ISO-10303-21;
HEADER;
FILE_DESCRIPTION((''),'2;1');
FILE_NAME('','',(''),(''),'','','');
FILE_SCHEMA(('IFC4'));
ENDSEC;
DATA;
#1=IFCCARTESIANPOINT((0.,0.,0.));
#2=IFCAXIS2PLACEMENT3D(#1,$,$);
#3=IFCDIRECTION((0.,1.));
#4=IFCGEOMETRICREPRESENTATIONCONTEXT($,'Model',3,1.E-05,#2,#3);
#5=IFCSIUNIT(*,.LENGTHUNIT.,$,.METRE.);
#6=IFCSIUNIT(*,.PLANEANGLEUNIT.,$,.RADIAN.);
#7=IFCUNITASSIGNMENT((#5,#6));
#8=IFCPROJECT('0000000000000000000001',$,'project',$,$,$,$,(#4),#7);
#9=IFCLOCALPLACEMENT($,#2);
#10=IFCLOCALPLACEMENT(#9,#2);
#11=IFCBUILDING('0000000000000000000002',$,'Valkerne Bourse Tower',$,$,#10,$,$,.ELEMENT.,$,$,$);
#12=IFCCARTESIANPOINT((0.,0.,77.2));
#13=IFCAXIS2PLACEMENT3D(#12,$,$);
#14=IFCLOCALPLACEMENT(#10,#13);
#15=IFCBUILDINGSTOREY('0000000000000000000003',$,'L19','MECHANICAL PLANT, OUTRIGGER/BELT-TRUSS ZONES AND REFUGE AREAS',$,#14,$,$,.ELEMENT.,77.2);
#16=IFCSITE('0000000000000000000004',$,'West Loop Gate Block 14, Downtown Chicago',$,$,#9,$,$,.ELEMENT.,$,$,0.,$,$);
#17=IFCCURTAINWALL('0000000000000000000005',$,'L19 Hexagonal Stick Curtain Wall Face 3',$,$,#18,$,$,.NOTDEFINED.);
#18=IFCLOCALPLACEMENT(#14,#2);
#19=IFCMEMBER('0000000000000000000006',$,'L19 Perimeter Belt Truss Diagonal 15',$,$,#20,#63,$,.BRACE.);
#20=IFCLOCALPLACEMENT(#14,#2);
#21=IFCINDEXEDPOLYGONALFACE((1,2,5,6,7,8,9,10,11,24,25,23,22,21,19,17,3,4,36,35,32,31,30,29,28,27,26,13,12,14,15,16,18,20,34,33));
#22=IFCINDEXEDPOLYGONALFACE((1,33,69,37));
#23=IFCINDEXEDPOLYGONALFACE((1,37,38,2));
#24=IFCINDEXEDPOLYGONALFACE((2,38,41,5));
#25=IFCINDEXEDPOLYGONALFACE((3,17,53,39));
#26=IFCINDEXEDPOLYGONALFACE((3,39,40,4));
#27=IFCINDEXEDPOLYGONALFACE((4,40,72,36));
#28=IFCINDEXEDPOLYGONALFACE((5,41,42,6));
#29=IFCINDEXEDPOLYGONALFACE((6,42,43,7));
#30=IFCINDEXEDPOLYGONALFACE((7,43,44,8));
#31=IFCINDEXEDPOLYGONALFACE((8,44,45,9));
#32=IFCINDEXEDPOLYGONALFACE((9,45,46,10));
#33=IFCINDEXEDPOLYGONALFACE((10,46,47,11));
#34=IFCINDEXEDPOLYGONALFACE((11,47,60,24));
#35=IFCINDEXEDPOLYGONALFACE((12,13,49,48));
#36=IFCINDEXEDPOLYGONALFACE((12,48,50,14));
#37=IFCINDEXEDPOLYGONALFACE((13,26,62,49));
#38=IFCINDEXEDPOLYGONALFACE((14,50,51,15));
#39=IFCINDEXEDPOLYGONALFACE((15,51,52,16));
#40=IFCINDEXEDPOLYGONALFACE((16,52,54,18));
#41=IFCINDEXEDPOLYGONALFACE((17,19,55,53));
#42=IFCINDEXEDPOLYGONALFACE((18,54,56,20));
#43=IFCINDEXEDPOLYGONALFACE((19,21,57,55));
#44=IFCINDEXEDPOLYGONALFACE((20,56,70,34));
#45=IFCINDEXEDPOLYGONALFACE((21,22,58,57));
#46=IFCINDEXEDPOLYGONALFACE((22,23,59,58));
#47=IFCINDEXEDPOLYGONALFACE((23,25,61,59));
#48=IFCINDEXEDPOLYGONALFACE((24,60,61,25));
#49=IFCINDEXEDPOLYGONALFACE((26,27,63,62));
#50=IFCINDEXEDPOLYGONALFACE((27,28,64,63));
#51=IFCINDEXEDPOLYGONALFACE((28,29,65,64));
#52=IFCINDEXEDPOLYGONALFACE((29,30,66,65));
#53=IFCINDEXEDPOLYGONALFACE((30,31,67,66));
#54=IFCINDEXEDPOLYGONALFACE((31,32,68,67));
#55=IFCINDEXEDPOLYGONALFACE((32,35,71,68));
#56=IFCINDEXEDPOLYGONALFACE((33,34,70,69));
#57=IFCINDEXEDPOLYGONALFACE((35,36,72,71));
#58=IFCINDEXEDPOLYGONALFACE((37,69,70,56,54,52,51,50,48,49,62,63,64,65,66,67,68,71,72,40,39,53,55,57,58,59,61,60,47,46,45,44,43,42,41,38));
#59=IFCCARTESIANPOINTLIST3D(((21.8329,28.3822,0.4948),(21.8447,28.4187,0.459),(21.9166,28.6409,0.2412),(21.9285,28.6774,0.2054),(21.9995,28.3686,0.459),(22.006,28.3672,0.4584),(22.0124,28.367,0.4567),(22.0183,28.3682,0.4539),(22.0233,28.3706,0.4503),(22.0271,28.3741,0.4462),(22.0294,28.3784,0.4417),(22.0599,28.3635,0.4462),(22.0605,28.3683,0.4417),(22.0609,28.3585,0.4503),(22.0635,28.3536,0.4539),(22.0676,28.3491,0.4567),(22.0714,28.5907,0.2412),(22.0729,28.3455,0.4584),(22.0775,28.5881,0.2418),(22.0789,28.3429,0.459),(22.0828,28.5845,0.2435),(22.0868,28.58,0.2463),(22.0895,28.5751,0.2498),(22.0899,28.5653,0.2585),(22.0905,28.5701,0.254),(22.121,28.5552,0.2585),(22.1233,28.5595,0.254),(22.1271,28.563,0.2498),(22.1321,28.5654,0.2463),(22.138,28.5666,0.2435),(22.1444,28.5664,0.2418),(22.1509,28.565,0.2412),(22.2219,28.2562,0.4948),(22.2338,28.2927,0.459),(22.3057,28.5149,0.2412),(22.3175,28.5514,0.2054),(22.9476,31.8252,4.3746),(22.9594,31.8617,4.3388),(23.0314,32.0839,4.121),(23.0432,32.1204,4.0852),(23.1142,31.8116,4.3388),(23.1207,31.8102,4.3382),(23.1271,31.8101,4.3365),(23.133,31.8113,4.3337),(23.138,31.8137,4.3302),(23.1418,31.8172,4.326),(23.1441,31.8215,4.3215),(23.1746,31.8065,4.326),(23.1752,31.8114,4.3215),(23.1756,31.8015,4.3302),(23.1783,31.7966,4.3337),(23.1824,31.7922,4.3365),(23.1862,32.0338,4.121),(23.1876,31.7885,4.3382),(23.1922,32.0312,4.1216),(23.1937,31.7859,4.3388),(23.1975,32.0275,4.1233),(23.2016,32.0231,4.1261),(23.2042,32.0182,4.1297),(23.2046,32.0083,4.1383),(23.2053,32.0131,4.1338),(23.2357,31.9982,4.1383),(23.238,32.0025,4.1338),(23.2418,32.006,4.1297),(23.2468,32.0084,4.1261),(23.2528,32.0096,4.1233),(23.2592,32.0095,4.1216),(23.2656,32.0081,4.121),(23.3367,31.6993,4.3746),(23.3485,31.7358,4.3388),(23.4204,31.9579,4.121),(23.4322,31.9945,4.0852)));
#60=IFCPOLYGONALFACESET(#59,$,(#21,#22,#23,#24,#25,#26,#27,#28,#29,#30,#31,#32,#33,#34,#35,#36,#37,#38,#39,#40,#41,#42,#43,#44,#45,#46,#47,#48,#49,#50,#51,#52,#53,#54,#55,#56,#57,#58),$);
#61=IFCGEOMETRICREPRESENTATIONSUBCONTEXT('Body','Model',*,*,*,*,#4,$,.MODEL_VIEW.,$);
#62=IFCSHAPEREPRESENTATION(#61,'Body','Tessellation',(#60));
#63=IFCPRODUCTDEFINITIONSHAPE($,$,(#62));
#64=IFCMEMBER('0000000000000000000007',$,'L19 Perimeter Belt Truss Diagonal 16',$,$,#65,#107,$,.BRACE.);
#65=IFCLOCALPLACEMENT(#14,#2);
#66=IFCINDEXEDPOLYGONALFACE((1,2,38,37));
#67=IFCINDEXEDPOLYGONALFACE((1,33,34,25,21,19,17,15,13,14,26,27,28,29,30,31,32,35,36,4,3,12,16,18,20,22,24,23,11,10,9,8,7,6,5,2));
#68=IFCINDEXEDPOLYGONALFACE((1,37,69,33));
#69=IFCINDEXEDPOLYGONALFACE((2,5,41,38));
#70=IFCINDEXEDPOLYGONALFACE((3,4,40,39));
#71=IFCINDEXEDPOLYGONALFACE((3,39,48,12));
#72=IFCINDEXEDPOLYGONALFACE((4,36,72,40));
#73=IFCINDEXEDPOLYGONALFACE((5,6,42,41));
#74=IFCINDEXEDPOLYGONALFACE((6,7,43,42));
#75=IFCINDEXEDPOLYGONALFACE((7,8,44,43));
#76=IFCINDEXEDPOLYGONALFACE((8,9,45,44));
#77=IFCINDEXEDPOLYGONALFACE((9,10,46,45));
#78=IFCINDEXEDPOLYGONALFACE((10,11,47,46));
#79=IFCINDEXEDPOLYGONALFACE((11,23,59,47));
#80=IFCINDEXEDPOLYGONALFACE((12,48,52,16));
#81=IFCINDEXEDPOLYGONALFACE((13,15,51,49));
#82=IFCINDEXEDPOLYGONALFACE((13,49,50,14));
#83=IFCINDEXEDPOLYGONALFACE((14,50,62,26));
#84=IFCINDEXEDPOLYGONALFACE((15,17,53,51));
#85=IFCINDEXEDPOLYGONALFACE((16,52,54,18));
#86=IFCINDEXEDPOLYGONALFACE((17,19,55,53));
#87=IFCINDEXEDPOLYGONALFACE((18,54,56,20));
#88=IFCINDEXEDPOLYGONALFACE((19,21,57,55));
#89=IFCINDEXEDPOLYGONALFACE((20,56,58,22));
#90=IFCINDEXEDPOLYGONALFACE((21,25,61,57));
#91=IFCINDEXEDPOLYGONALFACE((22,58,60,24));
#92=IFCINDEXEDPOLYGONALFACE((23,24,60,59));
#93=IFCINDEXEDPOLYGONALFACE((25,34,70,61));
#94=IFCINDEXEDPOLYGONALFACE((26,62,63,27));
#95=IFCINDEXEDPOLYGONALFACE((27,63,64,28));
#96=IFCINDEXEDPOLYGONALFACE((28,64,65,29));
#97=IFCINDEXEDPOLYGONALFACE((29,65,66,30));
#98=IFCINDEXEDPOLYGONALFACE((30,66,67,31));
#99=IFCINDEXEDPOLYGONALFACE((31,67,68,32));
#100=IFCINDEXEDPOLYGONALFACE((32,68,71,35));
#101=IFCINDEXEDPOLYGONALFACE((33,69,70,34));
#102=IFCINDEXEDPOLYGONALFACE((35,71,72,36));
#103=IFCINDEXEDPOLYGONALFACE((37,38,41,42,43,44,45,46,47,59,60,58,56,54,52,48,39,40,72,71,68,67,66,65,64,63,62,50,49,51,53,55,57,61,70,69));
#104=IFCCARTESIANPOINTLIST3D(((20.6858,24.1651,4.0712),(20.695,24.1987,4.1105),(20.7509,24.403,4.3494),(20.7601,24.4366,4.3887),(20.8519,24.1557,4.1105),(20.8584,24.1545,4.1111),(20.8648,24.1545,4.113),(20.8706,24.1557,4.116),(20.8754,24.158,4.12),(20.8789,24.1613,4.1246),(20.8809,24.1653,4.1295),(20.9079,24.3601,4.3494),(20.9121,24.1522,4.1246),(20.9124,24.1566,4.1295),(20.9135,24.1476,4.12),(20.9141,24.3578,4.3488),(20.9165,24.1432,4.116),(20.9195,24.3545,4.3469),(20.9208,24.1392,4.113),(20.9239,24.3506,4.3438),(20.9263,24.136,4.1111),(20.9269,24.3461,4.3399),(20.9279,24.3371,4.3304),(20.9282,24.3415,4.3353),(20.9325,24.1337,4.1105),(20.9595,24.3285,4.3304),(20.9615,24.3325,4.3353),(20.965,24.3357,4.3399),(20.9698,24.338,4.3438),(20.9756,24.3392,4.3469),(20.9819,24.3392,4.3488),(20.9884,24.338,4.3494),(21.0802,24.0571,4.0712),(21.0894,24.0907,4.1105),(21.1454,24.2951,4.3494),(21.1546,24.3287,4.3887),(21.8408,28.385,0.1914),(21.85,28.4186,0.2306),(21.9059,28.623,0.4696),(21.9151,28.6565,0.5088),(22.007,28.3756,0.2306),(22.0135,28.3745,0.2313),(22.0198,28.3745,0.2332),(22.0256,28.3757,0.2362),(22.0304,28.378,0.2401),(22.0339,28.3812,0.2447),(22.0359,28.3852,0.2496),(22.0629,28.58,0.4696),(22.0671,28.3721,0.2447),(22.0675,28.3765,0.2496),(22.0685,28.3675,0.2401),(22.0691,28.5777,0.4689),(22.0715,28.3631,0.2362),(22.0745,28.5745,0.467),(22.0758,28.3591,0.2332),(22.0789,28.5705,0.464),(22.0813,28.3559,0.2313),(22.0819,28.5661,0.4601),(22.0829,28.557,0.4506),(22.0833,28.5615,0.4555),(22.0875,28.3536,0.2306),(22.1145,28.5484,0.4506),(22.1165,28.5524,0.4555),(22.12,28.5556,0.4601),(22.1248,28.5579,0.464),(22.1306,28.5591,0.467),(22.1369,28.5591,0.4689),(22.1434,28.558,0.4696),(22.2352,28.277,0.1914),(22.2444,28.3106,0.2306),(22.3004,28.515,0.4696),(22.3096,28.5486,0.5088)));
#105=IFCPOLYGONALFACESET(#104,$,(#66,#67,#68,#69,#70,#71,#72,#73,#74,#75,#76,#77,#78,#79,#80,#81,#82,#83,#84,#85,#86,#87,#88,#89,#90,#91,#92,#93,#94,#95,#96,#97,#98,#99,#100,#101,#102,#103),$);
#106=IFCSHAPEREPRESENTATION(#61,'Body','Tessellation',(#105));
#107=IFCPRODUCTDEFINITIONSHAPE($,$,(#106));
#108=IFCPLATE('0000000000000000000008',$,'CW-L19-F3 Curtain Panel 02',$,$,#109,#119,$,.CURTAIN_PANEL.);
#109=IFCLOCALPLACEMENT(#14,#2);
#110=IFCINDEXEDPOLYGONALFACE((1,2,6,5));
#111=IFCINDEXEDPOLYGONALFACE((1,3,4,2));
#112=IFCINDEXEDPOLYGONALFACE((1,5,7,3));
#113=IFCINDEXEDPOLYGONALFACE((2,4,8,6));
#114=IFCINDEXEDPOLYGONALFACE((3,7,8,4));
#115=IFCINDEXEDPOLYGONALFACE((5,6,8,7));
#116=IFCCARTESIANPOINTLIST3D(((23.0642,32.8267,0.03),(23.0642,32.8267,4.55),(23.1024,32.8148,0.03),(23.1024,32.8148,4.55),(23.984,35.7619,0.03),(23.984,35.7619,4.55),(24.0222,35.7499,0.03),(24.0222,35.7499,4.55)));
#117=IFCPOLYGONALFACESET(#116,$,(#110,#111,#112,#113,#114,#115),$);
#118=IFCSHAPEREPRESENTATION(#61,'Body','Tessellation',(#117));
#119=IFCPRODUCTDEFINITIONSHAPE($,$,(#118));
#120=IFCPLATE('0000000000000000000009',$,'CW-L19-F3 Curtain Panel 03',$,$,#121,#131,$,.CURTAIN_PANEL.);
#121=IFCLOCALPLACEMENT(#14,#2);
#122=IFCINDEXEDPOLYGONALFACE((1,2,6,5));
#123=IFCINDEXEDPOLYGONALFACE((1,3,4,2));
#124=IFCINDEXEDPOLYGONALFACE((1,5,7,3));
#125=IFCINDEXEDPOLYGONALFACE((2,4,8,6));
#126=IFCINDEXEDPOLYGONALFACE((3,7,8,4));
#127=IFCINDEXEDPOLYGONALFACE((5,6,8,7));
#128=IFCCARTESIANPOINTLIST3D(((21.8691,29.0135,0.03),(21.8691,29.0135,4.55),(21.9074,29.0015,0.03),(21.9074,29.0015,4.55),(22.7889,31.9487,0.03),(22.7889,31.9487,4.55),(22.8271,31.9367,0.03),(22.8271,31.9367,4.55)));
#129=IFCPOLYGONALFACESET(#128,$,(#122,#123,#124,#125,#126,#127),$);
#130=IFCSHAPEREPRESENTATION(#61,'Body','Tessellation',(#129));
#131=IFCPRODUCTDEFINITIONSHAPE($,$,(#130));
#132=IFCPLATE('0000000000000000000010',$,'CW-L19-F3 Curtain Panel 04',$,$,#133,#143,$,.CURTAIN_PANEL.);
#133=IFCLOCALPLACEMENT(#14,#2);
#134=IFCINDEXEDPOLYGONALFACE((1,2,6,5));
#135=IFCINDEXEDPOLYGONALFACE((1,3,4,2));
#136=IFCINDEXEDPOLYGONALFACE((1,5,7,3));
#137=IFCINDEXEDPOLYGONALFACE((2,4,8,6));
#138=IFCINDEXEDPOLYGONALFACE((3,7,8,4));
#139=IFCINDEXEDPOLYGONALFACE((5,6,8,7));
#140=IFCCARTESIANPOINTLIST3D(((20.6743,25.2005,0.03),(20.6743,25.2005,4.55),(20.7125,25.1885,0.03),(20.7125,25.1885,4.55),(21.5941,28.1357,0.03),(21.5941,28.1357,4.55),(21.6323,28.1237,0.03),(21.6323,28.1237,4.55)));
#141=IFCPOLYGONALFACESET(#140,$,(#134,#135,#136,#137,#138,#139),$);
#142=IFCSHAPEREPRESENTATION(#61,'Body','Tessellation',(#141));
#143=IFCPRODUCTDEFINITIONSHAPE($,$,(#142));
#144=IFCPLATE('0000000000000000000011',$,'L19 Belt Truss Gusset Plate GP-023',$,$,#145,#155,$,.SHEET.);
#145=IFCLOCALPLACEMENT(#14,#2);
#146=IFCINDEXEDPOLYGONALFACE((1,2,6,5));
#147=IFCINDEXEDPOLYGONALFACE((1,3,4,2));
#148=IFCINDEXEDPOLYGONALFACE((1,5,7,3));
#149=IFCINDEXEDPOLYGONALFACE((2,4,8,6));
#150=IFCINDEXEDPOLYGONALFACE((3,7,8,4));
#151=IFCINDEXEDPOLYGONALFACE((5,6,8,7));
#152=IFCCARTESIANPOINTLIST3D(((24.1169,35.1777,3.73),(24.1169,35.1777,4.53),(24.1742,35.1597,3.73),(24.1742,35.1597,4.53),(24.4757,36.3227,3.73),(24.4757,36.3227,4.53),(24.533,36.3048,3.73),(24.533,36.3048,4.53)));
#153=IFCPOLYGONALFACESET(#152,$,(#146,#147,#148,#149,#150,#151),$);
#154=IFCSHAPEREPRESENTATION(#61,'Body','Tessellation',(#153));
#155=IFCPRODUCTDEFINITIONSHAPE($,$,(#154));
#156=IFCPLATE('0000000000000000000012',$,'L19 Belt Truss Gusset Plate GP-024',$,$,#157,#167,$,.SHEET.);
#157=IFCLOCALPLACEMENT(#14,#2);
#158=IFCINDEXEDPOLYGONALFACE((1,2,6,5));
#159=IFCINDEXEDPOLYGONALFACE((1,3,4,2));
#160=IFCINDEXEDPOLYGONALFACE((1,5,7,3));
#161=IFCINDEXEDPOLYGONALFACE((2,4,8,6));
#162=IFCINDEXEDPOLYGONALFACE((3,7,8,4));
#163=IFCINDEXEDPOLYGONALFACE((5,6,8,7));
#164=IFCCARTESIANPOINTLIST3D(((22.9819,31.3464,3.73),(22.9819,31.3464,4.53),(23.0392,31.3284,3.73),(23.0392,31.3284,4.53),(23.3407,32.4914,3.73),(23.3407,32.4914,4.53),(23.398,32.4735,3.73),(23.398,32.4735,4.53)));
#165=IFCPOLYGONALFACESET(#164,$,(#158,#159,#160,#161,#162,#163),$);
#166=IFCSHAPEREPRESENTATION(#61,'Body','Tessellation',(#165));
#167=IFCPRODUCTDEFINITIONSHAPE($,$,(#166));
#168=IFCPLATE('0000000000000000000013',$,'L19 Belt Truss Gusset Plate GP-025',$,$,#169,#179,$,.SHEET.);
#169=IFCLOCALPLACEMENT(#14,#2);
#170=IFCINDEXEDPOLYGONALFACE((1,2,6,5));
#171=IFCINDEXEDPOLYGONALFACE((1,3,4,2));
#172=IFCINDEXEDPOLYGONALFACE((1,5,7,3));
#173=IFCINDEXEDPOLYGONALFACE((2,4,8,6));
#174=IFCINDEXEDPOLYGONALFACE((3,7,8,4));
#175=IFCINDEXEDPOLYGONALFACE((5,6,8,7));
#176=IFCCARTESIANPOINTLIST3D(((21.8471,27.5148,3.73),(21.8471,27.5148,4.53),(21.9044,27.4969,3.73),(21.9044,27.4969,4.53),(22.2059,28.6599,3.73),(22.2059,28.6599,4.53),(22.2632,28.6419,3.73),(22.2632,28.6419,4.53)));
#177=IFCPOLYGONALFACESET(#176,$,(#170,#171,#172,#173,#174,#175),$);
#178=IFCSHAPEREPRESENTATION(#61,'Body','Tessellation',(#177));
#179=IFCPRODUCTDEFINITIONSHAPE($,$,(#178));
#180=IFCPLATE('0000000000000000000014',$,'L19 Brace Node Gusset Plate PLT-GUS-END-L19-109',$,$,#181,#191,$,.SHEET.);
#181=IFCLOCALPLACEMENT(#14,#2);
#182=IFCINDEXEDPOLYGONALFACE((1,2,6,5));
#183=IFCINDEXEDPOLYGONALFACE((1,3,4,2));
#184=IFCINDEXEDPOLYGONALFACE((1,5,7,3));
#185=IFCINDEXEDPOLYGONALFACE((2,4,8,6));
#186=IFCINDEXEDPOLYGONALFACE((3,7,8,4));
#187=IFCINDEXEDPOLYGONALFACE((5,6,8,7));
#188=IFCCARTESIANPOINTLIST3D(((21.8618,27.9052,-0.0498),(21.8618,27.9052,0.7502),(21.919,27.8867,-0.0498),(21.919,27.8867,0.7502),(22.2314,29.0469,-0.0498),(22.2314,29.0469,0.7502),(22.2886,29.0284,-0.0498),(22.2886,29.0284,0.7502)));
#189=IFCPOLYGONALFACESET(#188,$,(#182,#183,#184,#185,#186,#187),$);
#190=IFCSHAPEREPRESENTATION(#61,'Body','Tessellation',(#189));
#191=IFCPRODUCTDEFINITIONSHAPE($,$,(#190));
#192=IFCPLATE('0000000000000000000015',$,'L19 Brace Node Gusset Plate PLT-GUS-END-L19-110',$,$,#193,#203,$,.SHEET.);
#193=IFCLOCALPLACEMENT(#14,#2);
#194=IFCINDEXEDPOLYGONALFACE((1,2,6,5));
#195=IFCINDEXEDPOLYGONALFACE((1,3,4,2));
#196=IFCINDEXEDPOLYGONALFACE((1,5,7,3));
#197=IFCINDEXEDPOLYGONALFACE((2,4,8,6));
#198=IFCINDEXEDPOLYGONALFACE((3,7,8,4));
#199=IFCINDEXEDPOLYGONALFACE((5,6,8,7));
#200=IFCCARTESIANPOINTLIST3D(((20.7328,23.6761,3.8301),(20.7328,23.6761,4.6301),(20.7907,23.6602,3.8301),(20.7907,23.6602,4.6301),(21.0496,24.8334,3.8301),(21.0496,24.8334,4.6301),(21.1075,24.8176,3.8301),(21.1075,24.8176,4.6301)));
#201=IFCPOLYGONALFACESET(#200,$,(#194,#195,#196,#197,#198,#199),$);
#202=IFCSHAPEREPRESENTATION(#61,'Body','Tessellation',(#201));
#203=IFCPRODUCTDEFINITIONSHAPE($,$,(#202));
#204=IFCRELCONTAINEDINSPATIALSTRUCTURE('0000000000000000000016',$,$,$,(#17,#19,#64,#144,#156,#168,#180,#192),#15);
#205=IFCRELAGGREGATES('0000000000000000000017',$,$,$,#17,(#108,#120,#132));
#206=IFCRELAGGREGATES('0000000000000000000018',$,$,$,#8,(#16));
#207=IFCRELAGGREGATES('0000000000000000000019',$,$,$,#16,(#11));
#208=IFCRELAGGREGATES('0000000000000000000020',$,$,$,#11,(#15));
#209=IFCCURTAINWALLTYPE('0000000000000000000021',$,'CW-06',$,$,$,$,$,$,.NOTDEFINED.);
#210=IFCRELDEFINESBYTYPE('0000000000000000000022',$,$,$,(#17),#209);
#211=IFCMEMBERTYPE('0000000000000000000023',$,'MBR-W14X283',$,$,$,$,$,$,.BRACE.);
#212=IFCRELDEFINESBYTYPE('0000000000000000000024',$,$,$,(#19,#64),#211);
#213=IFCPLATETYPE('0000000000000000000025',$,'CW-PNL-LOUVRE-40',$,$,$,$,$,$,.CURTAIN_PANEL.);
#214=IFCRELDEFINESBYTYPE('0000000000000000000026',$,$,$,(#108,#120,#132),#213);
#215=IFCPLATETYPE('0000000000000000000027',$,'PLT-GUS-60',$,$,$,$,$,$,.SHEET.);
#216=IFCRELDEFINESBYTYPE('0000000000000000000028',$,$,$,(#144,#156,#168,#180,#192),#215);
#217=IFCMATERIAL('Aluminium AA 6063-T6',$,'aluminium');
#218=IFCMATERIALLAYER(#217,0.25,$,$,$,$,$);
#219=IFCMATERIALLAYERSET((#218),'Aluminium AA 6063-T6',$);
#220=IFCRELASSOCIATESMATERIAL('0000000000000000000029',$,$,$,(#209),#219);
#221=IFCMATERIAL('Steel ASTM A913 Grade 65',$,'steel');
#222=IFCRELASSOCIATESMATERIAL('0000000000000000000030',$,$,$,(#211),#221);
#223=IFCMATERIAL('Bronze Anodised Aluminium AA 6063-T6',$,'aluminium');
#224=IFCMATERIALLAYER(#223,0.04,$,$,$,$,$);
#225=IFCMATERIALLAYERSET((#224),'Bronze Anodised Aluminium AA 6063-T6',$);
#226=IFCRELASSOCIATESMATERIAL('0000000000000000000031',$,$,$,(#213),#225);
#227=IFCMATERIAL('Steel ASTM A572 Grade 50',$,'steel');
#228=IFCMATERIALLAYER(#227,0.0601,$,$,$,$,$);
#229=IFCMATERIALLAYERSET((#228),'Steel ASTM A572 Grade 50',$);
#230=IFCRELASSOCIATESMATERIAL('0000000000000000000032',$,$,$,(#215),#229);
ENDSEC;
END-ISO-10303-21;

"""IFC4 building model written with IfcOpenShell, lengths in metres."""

from ifc_helpers import new_model, si_unit, direction, frame, origin, origin_2d, place, context, subcontext, project, spatial, rectangle, i_section, extrude, material, layer, layer_set, material_profile, profile_set, type_object, element, aggregate, save


model = new_model("IFC4")

# Units and contexts
model_context = context("Model", 3, precision=1e-05, world=origin(), true_north=direction((0.0, 1.0)))
body_context = subcontext(model_context, "Body", "Model", "MODEL_VIEW")
ifc_project = project(units=[si_unit("LENGTHUNIT", "METRE"), si_unit("PLANEANGLEUNIT", "RADIAN")], contexts=[model_context])

# Site, building, storey
site_placement = place(None, origin())
site = spatial("IfcSite", under=ifc_project, at=site_placement, Name="West Loop Gate Block 14, Downtown Chicago", CompositionType="ELEMENT", RefElevation=0.0)
building_placement = place(site_placement, origin())
building = spatial("IfcBuilding", under=site, at=building_placement, Name="Valkerne Bourse Tower", CompositionType="ELEMENT")
storey_placement = place(building_placement, frame((0.0, 0.0, 77.2)))
storey = spatial("IfcBuildingStorey", under=building, at=storey_placement, Name="L19", Description="MECHANICAL PLANT, OUTRIGGER/BELT-TRUSS ZONES AND REFUGE AREAS", CompositionType="ELEMENT", Elevation=77.2)

# Shared definitions
ifc_material_1 = material(Name="Steel ASTM A913 Grade 65", Category="steel")

# Curtain wall
ifc_material_2 = material(Name="Aluminium AA 6063-T6", Category="aluminium")
ifc_layer_1 = layer(ifc_material_2, 0.25)
ifc_layer_set_1 = layer_set([ifc_layer_1], Name="Aluminium AA 6063-T6")
curtain_wall_type = type_object("IfcCurtainWallType", Name="CW-06", PredefinedType="NOTDEFINED", material=ifc_layer_set_1)
curtain_wall_placement = place(storey_placement, origin())
curtain_wall = element("IfcCurtainWall", 1, at=curtain_wall_placement, inside=storey, type_object=curtain_wall_type, Name="L19 Hexagonal Stick Curtain Wall Face 3", PredefinedType="NOTDEFINED")

# Members
ifc_material_profile_1 = material_profile(ifc_material_1, i_section(OverallWidth=0.4089, OverallDepth=0.4243, WebThickness=0.0327, FlangeThickness=0.0525, FilletRadius=0.0254, at=origin_2d()), Name="W14X283")
ifc_profile_set_1 = profile_set([ifc_material_profile_1], Name="Steel ASTM A913 Grade 65")
member_type_1 = type_object("IfcMemberType", Name="MBR-W14X283", PredefinedType="BRACE", material=ifc_profile_set_1)
member_1_placement = place(storey_placement, frame((22.0752, 28.4668, 0.3501), z_axis=(0.210101, 0.648938, 0.731257), x_axis=(-0.95138, 0.30802, 0.0)))
element("IfcMember", 2, at=member_1_placement, inside=storey, type_object=member_type_1, Name="L19 Perimeter Belt Truss Diagonal 15", PredefinedType="BRACE", context=body_context, shape_type="SweptSolid", body=[
    extrude(i_section(OverallWidth=0.4089, OverallDepth=0.4243, WebThickness=0.0327, FlangeThickness=0.0525, FilletRadius=0.0254, at=origin_2d()), origin(), (0.0, 0.0, 1.0), 5.3057),
])
member_2_placement = place(storey_placement, frame((22.0752, 28.4668, 0.3501), z_axis=(-0.197518, -0.721645, 0.663487), x_axis=(0.964524, -0.263996, 0.0)))
element("IfcMember", 3, at=member_2_placement, inside=storey, type_object=member_type_1, Name="L19 Perimeter Belt Truss Diagonal 16", PredefinedType="BRACE", context=body_context, shape_type="SweptSolid", body=[
    extrude(i_section(OverallWidth=0.4089, OverallDepth=0.4243, WebThickness=0.0327, FlangeThickness=0.0525, FilletRadius=0.0254, at=origin_2d()), origin(), (0.0, 0.0, 1.0), 5.8477),
])

# Plates
ifc_material_3 = material(Name="Bronze Anodised Aluminium AA 6063-T6", Category="aluminium")
ifc_layer_2 = layer(ifc_material_3, 0.04)
ifc_layer_set_2 = layer_set([ifc_layer_2], Name="Bronze Anodised Aluminium AA 6063-T6")
plate_type_1 = type_object("IfcPlateType", Name="CW-PNL-LOUVRE-40", PredefinedType="CURTAIN_PANEL", material=ifc_layer_set_2)
plate_1_placement = place(storey_placement, frame((23.5432, 34.2883, 0.03), z_axis=(0.0, 0.0, 1.0), x_axis=(-0.299044, -0.954239, 0.0)))
plate_1 = element("IfcPlate", 4, at=plate_1_placement, type_object=plate_type_1, Name="CW-L19-F3 Curtain Panel 02", PredefinedType="CURTAIN_PANEL", context=body_context, shape_type="SweptSolid", body=[
    extrude(rectangle(XDim=3.0759, YDim=0.04, at=origin_2d()), origin(), (0.0, 0.0, 1.0), 4.52),
])
plate_2_placement = place(storey_placement, frame((22.3481, 30.4751, 0.03), z_axis=(0.0, 0.0, 1.0), x_axis=(-0.299029, -0.954244, 0.0)))
plate_2 = element("IfcPlate", 5, at=plate_2_placement, type_object=plate_type_1, Name="CW-L19-F3 Curtain Panel 03", PredefinedType="CURTAIN_PANEL", context=body_context, shape_type="SweptSolid", body=[
    extrude(rectangle(XDim=3.0759, YDim=0.04, at=origin_2d()), origin(), (0.0, 0.0, 1.0), 4.52),
])
plate_3_placement = place(storey_placement, frame((21.1533, 26.6621, 0.03), z_axis=(0.0, 0.0, 1.0), x_axis=(-0.299044, -0.954239, 0.0)))
plate_3 = element("IfcPlate", 6, at=plate_3_placement, type_object=plate_type_1, Name="CW-L19-F3 Curtain Panel 04", PredefinedType="CURTAIN_PANEL", context=body_context, shape_type="SweptSolid", body=[
    extrude(rectangle(XDim=3.0759, YDim=0.04, at=origin_2d()), origin(), (0.0, 0.0, 1.0), 4.52),
])
aggregate(curtain_wall, [plate_1, plate_2, plate_3])

# Plates
ifc_material_4 = material(Name="Steel ASTM A572 Grade 50", Category="steel")
ifc_layer_3 = layer(ifc_material_4, 0.0601)
ifc_layer_set_3 = layer_set([ifc_layer_3], Name="Steel ASTM A572 Grade 50")
plate_type_2 = type_object("IfcPlateType", Name="PLT-GUS-60", PredefinedType="SHEET", material=ifc_layer_set_3)
for number, where, z_axis, x_axis, name in (
    (7, (24.325, 35.7412, 3.73), (0.0, 0.0, 1.0), (-0.299041, -0.95424, 0.0), "L19 Belt Truss Gusset Plate GP-023"),
    (8, (23.1899, 31.9099, 3.73), (0.0, 0.0, 1.0), (-0.299041, -0.95424, 0.0), "L19 Belt Truss Gusset Plate GP-024"),
    (9, (22.0552, 28.0784, 3.73), (0.0, 0.0, 1.0), (-0.299041, -0.95424, 0.0), "L19 Belt Truss Gusset Plate GP-025"),
    (10, (22.0752, 28.4668, -0.0498), (0.0, 0.0, 1.0), (0.308021, 0.95138, 0.0), "L19 Brace Node Gusset Plate PLT-GUS-END-L19-109"),
    (11, (20.9202, 24.2468, 3.8301), (0.0, 0.0, 1.0), (-0.264041, -0.964511, 0.0), "L19 Brace Node Gusset Plate PLT-GUS-END-L19-110"),
):
    element("IfcPlate", number, at=place(storey_placement, frame(where, z_axis=z_axis, x_axis=x_axis)), inside=storey, type_object=plate_type_2, Name=name, PredefinedType="SHEET", context=body_context, shape_type="SweptSolid", body=[
        extrude(rectangle(XDim=1.2, YDim=0.0601, at=origin_2d()), origin(), (0.0, 0.0, 1.0), 0.8),
    ])

save(model, "model.ifc")
